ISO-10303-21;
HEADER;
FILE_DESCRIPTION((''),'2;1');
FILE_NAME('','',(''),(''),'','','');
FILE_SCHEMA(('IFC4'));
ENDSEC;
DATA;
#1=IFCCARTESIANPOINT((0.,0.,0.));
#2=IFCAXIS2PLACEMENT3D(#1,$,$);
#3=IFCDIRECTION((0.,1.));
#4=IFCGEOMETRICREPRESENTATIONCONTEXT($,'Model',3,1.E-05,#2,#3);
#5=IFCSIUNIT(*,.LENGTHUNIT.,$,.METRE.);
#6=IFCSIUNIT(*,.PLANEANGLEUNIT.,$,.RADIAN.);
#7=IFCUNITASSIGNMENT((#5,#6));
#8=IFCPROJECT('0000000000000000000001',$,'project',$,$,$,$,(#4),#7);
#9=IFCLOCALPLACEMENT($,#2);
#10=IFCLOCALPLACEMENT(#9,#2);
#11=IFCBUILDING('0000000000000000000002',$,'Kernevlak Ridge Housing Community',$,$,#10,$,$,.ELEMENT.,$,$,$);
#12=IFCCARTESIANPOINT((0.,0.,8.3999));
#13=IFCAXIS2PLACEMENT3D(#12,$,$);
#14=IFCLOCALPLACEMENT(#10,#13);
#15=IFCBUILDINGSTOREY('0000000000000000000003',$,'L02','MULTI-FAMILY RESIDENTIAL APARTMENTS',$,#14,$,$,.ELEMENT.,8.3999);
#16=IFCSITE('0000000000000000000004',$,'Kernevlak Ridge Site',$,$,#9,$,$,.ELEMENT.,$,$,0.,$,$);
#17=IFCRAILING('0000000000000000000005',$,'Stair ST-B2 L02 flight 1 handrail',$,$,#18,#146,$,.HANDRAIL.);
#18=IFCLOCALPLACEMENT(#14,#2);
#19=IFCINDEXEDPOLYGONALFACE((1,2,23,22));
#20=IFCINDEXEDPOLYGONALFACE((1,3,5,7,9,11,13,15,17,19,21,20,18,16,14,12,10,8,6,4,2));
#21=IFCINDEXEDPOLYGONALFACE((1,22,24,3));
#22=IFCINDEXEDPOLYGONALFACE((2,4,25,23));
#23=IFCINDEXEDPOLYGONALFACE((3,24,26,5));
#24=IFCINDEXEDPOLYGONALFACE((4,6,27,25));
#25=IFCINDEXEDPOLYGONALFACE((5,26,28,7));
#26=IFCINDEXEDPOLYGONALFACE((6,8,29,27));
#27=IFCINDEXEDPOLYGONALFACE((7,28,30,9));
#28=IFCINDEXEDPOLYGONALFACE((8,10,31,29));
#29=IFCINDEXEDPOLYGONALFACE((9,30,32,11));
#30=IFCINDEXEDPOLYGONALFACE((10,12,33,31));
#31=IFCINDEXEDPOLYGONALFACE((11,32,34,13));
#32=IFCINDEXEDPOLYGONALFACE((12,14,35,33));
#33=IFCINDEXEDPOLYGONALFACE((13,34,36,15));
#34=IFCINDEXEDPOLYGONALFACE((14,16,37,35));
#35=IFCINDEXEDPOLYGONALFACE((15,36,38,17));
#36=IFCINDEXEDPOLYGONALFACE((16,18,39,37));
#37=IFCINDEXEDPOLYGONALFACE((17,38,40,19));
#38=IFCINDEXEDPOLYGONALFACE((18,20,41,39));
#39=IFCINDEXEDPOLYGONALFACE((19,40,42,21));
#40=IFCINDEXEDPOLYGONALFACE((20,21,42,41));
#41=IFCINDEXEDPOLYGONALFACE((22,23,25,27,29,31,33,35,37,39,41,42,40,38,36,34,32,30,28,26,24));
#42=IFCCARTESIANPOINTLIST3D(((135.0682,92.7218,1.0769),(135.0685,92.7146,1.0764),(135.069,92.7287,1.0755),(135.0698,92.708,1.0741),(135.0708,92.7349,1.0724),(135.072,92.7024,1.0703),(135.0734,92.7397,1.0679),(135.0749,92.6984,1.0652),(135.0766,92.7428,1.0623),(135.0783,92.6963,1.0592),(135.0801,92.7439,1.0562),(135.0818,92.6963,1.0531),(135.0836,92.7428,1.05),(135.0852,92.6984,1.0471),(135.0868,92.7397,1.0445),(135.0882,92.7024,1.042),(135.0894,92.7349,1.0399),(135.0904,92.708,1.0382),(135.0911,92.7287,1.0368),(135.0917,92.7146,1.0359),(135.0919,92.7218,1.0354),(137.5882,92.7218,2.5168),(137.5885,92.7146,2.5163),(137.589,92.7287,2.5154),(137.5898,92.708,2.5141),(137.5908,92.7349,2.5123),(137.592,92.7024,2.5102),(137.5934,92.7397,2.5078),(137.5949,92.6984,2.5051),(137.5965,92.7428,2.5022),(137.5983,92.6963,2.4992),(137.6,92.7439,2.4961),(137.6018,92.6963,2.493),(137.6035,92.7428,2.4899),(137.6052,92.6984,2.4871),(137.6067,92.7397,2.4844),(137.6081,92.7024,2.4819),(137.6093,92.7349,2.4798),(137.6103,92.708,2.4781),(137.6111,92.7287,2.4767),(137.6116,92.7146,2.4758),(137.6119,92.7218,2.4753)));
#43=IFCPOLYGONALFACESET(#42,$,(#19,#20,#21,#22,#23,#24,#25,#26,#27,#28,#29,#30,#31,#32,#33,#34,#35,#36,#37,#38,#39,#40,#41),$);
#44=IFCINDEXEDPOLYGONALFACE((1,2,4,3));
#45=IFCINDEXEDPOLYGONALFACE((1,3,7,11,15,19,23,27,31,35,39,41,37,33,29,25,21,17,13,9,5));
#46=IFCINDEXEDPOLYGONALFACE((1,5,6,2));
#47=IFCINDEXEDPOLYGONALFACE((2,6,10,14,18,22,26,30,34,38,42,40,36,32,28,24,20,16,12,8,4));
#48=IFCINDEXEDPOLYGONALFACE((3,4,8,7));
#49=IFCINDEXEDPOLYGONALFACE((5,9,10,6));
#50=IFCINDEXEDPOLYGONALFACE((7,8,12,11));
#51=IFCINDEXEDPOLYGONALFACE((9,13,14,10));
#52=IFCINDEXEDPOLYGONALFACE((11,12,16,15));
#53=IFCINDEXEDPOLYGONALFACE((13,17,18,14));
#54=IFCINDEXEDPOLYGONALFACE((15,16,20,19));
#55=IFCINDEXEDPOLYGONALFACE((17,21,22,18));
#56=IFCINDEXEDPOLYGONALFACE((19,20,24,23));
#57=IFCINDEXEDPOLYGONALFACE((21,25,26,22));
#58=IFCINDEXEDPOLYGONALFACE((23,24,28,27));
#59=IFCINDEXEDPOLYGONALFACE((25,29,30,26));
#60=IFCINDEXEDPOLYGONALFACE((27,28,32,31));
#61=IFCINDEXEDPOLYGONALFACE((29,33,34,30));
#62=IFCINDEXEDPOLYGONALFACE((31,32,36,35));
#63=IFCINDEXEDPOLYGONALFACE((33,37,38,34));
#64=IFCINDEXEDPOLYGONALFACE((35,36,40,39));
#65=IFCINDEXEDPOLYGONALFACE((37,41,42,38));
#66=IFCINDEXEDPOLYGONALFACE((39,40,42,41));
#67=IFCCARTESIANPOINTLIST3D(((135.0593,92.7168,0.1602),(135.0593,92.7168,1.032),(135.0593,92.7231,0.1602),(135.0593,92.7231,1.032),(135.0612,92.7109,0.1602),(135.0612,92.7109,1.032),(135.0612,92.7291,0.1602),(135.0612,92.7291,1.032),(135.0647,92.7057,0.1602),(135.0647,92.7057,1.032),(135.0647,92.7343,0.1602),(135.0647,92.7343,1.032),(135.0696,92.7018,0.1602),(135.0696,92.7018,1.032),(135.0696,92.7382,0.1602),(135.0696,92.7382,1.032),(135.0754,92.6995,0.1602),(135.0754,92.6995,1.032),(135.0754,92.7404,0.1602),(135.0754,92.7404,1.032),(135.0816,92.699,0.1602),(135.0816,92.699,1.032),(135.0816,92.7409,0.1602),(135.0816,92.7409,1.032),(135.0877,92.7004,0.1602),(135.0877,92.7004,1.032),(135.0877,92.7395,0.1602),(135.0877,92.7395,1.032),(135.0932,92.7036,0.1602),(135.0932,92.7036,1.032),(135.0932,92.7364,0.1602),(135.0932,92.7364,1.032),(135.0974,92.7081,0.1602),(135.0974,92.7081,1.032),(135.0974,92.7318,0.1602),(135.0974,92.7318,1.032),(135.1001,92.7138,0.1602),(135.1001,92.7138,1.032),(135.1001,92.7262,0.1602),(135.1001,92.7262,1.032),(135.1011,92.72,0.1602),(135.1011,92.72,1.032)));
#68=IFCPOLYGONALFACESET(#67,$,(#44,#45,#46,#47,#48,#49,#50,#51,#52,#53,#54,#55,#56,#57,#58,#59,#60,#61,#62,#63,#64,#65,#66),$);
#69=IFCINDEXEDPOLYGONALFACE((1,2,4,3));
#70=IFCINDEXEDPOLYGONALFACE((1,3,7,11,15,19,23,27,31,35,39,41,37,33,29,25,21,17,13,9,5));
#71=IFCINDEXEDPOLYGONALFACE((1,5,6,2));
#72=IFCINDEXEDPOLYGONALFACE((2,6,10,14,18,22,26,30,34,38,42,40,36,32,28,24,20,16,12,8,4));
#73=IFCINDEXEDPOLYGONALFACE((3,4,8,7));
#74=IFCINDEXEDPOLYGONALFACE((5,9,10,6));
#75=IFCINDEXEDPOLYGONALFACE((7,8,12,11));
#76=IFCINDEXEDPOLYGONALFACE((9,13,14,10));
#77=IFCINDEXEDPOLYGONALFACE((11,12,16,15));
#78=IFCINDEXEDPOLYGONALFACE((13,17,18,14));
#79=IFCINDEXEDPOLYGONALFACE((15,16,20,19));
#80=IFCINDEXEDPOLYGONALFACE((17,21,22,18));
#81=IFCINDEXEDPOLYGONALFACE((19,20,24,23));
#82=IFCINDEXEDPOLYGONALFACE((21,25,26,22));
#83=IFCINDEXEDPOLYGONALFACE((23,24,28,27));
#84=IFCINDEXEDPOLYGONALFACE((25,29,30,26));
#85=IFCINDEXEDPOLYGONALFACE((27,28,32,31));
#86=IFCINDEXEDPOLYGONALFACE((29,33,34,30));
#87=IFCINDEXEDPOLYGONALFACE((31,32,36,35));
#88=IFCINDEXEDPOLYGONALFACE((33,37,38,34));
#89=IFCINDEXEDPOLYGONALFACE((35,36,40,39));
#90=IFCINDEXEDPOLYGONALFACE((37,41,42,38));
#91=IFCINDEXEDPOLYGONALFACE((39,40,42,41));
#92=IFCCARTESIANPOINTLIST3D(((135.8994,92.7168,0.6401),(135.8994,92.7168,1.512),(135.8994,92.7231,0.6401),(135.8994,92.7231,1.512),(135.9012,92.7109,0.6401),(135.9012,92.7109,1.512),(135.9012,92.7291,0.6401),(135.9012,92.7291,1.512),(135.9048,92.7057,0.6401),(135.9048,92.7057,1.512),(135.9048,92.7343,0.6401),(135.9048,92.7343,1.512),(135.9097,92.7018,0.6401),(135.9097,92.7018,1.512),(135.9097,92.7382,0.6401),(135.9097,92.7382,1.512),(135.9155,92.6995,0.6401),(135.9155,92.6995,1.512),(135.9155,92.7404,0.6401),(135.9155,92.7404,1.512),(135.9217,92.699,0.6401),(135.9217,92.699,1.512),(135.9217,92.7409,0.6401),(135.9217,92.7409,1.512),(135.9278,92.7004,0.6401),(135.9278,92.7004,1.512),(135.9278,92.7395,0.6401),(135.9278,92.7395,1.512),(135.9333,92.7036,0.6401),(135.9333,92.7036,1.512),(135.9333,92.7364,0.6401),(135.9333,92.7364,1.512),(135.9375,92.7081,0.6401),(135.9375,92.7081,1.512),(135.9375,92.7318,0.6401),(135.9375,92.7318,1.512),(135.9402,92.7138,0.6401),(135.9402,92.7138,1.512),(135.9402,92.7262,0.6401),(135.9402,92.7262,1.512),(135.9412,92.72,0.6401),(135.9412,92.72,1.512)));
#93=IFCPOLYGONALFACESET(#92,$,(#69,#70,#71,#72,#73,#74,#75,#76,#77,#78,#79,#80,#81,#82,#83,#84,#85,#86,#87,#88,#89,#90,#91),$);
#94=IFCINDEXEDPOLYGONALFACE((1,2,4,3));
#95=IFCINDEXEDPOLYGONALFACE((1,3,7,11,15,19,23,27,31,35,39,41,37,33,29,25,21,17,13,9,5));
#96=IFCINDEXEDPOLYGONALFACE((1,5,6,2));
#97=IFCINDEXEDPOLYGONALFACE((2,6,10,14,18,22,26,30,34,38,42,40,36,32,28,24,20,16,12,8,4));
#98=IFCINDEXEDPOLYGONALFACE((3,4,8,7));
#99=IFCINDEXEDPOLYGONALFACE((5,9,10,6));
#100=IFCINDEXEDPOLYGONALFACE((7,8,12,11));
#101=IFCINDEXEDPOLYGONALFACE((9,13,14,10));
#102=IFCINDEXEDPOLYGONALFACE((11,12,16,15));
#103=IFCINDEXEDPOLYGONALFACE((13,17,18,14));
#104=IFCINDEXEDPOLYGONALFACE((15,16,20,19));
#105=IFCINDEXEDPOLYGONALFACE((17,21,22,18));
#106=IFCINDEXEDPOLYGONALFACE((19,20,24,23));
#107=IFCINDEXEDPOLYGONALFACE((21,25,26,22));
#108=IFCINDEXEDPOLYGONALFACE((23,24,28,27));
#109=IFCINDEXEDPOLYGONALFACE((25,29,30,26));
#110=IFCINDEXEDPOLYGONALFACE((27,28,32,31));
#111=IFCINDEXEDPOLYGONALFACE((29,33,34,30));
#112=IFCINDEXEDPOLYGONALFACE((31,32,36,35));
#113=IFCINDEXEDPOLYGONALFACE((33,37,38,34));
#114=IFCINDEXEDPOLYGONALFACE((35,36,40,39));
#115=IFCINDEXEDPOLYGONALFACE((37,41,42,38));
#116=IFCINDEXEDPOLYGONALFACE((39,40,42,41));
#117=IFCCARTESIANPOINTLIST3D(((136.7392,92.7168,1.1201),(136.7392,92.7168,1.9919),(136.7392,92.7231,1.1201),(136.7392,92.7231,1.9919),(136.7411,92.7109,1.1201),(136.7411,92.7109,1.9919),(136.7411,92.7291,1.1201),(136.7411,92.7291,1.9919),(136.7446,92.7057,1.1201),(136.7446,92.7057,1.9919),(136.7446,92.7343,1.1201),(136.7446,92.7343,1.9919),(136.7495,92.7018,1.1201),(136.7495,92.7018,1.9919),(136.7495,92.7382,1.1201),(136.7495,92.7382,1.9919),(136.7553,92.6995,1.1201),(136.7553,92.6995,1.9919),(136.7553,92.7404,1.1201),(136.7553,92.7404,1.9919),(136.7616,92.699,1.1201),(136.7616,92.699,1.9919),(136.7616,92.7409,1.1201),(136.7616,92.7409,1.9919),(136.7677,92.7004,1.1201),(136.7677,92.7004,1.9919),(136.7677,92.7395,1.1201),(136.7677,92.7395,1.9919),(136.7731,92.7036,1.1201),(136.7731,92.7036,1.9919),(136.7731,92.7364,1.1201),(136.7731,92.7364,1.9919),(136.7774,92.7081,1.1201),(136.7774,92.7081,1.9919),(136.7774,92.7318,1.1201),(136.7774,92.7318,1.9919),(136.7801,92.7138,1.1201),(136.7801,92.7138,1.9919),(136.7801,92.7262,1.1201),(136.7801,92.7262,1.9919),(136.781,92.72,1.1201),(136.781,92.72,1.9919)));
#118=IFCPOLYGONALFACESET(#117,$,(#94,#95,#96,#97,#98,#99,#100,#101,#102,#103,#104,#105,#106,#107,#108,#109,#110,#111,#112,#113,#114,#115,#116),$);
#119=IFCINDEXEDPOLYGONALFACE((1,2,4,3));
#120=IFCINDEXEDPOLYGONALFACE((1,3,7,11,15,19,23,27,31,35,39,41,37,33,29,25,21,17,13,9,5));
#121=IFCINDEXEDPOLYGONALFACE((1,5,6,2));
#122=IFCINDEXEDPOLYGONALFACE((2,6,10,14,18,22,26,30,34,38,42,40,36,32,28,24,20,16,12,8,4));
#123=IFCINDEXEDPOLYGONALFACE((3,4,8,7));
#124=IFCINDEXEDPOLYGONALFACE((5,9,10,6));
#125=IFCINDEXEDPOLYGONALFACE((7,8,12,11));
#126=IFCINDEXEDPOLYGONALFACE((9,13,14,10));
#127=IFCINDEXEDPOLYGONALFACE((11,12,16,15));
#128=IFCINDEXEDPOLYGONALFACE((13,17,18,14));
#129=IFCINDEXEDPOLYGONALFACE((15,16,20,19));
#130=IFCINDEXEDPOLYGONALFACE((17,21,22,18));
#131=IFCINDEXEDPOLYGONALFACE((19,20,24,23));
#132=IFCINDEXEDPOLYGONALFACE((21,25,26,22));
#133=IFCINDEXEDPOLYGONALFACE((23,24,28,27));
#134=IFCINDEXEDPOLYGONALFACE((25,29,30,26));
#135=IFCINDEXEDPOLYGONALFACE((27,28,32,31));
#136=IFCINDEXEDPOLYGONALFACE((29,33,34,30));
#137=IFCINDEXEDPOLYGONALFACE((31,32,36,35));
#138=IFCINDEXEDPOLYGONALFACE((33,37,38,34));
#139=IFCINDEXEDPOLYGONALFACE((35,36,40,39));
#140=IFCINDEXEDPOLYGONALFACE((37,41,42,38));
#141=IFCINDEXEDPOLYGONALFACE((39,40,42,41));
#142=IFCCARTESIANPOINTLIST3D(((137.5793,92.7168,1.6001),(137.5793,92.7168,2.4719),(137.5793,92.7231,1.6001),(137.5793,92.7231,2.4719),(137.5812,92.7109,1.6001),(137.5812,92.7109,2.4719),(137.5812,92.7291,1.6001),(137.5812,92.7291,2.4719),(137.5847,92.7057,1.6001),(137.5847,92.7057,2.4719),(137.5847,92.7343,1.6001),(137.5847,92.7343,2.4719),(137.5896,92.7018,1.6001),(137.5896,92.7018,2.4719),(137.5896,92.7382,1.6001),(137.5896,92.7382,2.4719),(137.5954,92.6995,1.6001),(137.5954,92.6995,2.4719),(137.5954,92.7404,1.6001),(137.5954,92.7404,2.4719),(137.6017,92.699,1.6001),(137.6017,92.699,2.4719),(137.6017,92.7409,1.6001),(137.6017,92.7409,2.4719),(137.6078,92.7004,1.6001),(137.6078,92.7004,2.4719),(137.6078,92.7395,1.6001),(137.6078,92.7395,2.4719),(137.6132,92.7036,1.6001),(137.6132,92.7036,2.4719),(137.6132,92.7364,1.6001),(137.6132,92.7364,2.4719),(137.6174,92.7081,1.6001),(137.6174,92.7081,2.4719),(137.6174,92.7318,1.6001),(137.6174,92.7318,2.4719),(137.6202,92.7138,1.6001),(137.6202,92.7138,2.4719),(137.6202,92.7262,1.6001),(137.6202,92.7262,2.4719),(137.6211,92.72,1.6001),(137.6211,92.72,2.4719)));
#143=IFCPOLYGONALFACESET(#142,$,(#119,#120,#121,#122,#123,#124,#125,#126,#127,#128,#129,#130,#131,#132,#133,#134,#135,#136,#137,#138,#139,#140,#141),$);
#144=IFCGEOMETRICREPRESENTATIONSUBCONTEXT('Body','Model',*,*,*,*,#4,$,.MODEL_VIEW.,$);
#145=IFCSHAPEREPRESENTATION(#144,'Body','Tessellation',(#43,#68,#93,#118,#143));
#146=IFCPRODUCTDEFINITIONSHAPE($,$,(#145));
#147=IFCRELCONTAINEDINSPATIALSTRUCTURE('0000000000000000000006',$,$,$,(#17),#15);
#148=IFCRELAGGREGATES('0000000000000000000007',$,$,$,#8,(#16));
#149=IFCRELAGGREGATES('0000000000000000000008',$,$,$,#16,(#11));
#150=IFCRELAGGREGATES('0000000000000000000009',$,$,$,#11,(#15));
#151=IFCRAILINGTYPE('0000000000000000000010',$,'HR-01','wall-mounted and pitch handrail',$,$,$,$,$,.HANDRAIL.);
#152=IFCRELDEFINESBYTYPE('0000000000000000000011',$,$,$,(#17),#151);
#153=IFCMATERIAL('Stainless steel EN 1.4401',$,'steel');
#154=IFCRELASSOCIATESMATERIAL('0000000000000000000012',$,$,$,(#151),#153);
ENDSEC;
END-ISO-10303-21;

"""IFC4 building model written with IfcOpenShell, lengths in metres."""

from ifc_helpers import new_model, si_unit, direction, frame, origin, origin_2d, place, context, subcontext, project, spatial, circle, extrude, material, type_object, element, save


model = new_model("IFC4")

# Units and contexts
model_context = context("Model", 3, precision=1e-05, world=origin(), true_north=direction((0.0, 1.0)))
body_context = subcontext(model_context, "Body", "Model", "MODEL_VIEW")
ifc_project = project(units=[si_unit("LENGTHUNIT", "METRE"), si_unit("PLANEANGLEUNIT", "RADIAN")], contexts=[model_context])

# Site, building, storey
site_placement = place(None, origin())
site = spatial("IfcSite", under=ifc_project, at=site_placement, Name="Kernevlak Ridge Site", CompositionType="ELEMENT", RefElevation=0.0)
building_placement = place(site_placement, origin())
building = spatial("IfcBuilding", under=site, at=building_placement, Name="Kernevlak Ridge Housing Community", CompositionType="ELEMENT")
storey_placement = place(building_placement, frame((0.0, 0.0, 8.3999)))
storey = spatial("IfcBuildingStorey", under=building, at=storey_placement, Name="L02", Description="MULTI-FAMILY RESIDENTIAL APARTMENTS", CompositionType="ELEMENT", Elevation=8.3999)

# Railing
ifc_material_1 = material(Name="Stainless steel EN 1.4401", Category="steel")
railing_type_1 = type_object("IfcRailingType", Name="HR-01", Description="wall-mounted and pitch handrail", PredefinedType="HANDRAIL", material=ifc_material_1)
railing_1_placement = place(storey_placement, frame((135.0801, 92.72, 0.1602)))
element("IfcRailing", 1, at=railing_1_placement, inside=storey, type_object=railing_type_1, Name="Stair ST-B2 L02 flight 1 handrail", PredefinedType="HANDRAIL", context=body_context, shape_type="SweptSolid", body=[
    extrude(circle(Radius=0.0239, at=origin_2d()), frame((0.0, 0.0, 0.896), z_axis=(0.868253, 0.0, 0.496121), x_axis=(0.0, 1.0, 0.0)), (0.0, 0.0, 1.0), 2.9023),
    extrude(circle(Radius=0.021, at=origin_2d()), origin(), (0.0, 0.0, 1.0), 0.8718),
    extrude(circle(Radius=0.021, at=origin_2d()), frame((0.8401, 0.0, 0.48)), (0.0, 0.0, 1.0), 0.8718),
    extrude(circle(Radius=0.021, at=origin_2d()), frame((1.6799, 0.0, 0.96)), (0.0, 0.0, 1.0), 0.8718),
    extrude(circle(Radius=0.021, at=origin_2d()), frame((2.52, 0.0, 1.4399)), (0.0, 0.0, 1.0), 0.8718),
])

save(model, "model.ifc")
